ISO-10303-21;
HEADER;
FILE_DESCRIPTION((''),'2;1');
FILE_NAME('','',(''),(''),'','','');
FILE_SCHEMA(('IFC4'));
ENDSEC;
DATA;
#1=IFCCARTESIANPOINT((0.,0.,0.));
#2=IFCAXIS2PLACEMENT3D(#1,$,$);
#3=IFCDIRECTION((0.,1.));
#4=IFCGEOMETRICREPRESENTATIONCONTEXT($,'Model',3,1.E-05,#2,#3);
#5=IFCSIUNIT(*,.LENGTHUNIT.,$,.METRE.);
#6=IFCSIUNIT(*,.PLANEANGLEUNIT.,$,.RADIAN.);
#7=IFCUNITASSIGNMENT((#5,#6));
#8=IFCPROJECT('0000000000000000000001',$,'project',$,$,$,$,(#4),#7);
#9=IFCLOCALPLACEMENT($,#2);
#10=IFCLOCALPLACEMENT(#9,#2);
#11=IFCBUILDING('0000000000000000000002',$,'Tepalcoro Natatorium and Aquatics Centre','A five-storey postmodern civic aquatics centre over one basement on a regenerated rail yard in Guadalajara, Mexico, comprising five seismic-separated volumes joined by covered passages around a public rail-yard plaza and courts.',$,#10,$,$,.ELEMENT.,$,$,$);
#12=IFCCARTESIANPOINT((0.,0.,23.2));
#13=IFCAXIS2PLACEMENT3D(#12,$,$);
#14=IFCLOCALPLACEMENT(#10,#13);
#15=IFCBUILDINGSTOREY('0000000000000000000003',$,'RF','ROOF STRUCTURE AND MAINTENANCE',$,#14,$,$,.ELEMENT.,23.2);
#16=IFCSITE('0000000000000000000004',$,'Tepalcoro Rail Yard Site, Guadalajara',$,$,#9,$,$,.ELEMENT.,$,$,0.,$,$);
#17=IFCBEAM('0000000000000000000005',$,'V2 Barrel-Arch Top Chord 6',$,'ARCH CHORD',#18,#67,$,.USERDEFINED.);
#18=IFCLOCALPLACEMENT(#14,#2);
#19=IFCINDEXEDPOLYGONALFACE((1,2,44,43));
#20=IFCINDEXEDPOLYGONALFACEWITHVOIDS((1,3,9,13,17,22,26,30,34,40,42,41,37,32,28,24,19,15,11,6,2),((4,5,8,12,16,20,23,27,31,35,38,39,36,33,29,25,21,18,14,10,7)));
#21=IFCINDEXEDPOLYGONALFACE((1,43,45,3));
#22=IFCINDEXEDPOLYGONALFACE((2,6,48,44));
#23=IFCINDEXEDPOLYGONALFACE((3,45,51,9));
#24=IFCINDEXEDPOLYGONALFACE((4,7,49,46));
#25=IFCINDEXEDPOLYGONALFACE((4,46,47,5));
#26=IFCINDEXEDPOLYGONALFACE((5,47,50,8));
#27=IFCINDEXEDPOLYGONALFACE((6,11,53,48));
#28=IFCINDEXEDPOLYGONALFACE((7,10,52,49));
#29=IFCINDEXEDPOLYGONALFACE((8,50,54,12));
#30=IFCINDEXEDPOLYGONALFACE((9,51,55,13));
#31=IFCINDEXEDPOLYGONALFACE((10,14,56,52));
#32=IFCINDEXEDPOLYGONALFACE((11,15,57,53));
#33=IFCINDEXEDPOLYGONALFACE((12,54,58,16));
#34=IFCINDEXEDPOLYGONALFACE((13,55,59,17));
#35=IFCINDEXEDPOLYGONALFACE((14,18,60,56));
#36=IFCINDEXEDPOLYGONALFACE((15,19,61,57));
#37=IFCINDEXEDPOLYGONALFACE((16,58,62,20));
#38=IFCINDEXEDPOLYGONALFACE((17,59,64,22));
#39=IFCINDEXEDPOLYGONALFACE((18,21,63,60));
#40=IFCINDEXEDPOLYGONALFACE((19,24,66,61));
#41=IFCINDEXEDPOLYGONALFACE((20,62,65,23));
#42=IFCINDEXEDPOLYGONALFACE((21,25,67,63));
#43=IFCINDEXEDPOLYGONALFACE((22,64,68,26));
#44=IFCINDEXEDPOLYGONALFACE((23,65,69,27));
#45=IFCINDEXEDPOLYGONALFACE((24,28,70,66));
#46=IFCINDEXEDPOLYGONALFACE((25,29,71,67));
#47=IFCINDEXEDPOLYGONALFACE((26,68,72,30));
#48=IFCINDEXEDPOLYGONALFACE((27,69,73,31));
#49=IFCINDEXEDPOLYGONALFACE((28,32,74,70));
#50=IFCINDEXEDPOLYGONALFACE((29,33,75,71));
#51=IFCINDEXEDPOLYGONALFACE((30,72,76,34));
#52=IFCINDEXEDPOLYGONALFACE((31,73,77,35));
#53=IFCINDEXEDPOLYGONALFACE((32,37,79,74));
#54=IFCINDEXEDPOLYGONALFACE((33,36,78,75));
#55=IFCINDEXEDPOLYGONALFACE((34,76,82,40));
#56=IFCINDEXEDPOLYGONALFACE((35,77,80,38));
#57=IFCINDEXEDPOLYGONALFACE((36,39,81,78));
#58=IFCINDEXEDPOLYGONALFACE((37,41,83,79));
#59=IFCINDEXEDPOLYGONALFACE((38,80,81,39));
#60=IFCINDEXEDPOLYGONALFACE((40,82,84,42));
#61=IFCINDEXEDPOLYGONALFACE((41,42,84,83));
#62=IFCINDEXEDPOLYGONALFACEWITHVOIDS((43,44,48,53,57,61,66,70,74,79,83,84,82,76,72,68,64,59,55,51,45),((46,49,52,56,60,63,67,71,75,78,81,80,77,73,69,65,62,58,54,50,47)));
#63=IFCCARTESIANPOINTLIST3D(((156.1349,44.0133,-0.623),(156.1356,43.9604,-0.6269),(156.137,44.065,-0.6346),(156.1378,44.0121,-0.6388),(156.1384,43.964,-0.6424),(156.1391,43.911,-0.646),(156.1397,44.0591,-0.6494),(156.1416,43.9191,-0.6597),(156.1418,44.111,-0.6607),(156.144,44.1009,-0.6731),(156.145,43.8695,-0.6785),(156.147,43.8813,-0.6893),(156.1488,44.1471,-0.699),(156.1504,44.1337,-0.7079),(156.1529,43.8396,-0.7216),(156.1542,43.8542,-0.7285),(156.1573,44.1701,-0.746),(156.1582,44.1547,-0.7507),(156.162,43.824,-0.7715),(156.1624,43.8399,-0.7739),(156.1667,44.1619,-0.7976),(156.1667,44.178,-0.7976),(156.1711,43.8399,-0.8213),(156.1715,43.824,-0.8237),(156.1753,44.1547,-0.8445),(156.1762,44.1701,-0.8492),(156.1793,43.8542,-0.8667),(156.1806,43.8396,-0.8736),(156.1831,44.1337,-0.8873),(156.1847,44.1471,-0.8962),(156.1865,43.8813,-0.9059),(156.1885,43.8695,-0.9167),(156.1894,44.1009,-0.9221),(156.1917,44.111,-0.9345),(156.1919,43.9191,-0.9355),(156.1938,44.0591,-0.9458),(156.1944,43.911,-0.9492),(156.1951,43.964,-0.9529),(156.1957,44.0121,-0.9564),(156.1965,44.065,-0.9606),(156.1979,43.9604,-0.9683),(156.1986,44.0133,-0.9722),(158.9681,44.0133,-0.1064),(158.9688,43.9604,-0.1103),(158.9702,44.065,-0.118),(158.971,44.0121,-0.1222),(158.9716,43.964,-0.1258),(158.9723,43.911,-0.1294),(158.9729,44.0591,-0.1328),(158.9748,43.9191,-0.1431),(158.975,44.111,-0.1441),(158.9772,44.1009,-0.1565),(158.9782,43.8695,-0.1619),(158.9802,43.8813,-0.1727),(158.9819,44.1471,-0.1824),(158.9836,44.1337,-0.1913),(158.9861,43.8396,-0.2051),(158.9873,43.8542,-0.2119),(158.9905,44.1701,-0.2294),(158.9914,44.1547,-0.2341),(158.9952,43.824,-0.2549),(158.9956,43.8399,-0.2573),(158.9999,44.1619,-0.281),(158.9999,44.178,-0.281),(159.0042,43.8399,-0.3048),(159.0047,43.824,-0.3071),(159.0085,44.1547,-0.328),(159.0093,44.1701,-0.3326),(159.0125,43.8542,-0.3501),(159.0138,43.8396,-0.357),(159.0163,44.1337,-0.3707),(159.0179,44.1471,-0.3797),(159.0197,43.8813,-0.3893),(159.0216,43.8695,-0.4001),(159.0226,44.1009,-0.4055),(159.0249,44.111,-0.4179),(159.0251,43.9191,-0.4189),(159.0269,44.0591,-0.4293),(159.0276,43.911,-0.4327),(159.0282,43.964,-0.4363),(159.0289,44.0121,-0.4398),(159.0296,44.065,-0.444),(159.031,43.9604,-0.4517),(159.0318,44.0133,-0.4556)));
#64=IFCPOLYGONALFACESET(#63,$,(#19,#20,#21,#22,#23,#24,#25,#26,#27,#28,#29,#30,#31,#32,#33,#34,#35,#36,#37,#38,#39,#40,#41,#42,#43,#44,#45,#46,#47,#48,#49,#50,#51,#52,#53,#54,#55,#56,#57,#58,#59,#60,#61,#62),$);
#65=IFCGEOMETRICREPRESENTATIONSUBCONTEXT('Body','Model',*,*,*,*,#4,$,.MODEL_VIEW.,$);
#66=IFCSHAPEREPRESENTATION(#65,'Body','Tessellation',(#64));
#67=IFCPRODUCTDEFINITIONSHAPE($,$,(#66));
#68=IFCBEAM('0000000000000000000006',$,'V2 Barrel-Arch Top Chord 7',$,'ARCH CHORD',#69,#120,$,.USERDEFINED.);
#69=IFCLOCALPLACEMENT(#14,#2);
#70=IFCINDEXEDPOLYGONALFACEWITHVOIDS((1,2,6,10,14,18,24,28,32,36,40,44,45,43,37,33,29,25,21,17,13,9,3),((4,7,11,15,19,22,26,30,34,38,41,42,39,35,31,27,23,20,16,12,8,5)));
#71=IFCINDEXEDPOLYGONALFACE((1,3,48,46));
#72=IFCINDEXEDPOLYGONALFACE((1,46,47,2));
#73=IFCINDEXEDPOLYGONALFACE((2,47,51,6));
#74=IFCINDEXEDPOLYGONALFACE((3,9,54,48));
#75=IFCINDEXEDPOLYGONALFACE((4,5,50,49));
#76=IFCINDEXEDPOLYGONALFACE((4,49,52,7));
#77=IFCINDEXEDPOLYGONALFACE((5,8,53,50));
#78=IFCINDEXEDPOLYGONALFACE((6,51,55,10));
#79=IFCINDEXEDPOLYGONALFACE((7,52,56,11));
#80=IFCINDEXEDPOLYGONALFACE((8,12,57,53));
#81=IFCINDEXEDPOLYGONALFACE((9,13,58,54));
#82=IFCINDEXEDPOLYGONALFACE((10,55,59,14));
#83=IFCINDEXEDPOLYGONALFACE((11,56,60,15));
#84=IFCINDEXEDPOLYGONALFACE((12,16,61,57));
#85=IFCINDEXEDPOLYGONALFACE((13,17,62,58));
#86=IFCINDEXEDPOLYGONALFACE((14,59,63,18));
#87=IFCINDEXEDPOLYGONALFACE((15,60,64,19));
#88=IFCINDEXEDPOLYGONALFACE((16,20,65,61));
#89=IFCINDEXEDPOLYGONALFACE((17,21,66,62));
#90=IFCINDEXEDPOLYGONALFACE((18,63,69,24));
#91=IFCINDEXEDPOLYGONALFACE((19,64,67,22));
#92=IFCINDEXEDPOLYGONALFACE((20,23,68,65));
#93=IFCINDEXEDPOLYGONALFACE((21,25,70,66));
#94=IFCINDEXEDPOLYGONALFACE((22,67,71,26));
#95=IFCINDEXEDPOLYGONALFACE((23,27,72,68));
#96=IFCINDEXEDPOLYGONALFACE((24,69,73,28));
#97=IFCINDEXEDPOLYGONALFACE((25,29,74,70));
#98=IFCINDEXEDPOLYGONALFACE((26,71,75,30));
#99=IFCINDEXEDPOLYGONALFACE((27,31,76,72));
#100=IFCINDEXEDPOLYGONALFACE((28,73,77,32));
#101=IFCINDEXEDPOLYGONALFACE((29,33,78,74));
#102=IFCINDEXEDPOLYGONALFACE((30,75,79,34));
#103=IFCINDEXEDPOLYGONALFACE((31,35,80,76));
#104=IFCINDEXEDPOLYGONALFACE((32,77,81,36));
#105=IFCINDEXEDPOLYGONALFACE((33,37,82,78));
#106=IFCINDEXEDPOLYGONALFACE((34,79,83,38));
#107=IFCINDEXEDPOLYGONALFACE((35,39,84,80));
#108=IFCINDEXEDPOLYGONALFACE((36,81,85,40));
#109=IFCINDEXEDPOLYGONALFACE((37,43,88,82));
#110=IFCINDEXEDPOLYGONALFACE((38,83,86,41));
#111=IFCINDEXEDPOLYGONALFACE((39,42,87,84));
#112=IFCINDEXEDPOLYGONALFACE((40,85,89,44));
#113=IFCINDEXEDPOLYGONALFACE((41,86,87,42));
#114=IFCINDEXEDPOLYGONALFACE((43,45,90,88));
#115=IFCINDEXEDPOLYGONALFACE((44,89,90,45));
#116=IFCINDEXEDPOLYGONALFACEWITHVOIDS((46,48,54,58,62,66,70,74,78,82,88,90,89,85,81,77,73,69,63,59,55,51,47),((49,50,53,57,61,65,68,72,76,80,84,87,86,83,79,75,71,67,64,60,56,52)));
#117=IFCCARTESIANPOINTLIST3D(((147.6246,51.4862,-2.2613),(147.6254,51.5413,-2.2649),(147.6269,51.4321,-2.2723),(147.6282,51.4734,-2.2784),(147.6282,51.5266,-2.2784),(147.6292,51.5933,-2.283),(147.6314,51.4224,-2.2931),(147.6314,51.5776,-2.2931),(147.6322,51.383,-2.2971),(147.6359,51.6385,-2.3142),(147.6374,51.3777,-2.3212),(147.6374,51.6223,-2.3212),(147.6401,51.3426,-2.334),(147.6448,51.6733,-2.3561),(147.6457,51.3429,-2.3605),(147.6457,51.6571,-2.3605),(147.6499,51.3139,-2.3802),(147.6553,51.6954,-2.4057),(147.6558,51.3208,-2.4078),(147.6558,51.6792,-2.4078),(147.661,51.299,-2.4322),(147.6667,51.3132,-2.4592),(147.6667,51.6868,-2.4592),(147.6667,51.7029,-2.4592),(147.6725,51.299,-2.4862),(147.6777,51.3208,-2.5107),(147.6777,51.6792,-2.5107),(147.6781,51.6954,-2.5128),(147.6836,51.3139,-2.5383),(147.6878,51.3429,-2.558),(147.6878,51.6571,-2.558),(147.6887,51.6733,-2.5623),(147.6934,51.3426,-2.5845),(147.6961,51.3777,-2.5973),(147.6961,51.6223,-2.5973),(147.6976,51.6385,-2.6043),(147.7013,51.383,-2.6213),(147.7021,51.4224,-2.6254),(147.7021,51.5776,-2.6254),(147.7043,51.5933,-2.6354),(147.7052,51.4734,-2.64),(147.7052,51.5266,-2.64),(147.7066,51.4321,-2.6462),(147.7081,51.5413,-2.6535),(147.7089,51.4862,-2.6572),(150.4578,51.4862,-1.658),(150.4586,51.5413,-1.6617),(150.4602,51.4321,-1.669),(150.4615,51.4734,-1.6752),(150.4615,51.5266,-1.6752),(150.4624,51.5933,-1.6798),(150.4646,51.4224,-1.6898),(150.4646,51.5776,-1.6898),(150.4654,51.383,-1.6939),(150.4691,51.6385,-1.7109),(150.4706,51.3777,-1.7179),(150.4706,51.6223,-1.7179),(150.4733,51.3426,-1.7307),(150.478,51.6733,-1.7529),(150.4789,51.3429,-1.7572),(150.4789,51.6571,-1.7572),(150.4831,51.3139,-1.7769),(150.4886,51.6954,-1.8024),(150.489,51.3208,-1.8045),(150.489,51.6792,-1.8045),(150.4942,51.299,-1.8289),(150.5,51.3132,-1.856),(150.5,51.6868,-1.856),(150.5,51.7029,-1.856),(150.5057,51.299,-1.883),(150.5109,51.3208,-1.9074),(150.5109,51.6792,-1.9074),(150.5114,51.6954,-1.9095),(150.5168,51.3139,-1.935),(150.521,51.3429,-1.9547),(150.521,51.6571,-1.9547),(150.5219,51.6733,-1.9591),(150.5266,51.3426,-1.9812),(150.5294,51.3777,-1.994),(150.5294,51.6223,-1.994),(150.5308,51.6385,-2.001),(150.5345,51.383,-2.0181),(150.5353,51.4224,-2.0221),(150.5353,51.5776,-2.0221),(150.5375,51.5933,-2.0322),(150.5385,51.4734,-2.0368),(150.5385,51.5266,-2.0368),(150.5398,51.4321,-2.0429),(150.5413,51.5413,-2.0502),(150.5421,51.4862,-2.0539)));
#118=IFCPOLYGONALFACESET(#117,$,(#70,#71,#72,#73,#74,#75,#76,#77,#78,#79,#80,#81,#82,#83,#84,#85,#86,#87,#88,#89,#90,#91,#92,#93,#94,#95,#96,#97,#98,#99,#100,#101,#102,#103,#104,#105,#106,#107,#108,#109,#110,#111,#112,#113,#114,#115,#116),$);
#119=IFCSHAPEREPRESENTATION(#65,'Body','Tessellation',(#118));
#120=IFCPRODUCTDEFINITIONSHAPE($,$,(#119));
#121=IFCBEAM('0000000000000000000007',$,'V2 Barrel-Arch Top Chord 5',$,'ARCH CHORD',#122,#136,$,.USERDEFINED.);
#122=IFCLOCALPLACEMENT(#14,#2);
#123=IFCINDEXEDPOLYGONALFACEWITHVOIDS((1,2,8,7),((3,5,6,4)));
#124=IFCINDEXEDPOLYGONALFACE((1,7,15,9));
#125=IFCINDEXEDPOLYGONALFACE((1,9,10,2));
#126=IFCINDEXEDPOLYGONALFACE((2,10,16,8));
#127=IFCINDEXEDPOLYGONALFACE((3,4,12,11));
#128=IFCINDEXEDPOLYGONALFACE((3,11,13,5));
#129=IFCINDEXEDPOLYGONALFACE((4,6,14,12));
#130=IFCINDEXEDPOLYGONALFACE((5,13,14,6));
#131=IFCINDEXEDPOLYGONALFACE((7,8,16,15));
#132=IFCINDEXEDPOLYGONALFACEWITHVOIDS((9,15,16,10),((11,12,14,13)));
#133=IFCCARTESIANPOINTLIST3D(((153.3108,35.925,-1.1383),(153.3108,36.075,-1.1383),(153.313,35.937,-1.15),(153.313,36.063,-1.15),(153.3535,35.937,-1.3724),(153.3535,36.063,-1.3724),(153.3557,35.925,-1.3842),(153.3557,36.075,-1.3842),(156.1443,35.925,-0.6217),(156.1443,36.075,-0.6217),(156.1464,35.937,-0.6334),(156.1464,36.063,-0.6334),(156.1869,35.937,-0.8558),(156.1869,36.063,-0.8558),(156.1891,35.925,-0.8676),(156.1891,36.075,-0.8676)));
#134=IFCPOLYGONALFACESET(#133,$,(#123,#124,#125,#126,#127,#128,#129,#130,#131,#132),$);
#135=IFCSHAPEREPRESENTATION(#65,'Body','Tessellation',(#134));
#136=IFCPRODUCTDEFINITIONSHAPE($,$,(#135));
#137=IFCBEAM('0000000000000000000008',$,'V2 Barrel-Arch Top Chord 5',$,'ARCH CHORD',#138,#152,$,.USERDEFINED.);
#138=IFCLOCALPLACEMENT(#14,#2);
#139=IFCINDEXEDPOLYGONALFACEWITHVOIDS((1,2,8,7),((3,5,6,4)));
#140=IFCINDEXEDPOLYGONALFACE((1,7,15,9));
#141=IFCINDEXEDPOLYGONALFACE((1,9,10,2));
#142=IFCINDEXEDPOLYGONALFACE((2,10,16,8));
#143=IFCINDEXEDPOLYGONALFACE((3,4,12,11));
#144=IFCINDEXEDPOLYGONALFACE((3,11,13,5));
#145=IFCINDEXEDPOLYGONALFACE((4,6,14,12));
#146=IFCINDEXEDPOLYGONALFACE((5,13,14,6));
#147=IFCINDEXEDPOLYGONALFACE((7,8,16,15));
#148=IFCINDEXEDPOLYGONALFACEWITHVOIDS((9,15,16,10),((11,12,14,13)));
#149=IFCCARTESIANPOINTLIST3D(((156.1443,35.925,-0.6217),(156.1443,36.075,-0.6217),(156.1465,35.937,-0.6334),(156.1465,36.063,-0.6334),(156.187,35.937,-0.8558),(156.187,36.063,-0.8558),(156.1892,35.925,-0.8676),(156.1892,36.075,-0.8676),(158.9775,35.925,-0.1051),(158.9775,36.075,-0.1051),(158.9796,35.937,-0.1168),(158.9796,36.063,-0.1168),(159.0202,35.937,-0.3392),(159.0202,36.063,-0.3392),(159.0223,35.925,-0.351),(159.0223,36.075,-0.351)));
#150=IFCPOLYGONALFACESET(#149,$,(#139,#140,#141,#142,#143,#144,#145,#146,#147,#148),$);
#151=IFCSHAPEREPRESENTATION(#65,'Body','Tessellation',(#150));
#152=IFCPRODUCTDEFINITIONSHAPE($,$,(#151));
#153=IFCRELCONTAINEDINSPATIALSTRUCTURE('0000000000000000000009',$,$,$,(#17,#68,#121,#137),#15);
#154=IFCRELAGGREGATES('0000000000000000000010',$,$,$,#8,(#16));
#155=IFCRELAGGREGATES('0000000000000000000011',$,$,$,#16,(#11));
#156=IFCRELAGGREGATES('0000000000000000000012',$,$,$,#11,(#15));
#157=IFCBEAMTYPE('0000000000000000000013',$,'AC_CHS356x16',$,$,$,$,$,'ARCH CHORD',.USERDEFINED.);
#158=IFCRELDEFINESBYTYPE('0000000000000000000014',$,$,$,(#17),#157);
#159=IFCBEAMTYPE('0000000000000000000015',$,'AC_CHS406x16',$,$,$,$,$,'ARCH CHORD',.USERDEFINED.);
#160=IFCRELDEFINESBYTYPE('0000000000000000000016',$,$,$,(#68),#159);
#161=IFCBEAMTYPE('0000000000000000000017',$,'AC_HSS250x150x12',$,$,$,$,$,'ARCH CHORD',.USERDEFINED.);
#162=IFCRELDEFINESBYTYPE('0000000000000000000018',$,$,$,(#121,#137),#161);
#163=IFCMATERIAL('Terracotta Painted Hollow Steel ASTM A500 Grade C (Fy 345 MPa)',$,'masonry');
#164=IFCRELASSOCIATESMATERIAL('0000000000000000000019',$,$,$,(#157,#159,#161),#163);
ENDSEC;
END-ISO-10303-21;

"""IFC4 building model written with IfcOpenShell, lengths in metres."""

from ifc_helpers import new_model, si_unit, direction, frame, origin, origin_2d, place, context, subcontext, project, spatial, hollow_rectangle, hollow_circle, extrude, material, material_profile, profile_set, type_object, element, save


model = new_model("IFC4")

# Units and contexts
model_context = context("Model", 3, precision=1e-05, world=origin(), true_north=direction((0.0, 1.0)))
body_context = subcontext(model_context, "Body", "Model", "MODEL_VIEW")
ifc_project = project(units=[si_unit("LENGTHUNIT", "METRE"), si_unit("PLANEANGLEUNIT", "RADIAN")], contexts=[model_context])

# Site, building, storey
site_placement = place(None, origin())
site = spatial("IfcSite", under=ifc_project, at=site_placement, Name="Tepalcoro Rail Yard Site, Guadalajara", CompositionType="ELEMENT", RefElevation=0.0)
building_placement = place(site_placement, origin())
building = spatial("IfcBuilding", under=site, at=building_placement, Name="Tepalcoro Natatorium and Aquatics Centre", Description="A five-storey postmodern civic aquatics centre over one basement on a regenerated rail yard in Guadalajara, Mexico, comprising five seismic-separated volumes joined by covered passages around a public rail-yard plaza and courts.", CompositionType="ELEMENT")
storey_placement = place(building_placement, frame((0.0, 0.0, 23.2)))
storey = spatial("IfcBuildingStorey", under=building, at=storey_placement, Name="RF", Description="ROOF STRUCTURE AND MAINTENANCE", CompositionType="ELEMENT", Elevation=23.2)

# Beams
ifc_material_1 = material(Name="Terracotta Painted Hollow Steel ASTM A500 Grade C (Fy 345 MPa)", Category="masonry")
ifc_material_profile_1 = material_profile(ifc_material_1, hollow_circle(Radius=0.178, WallThickness=0.0161, at=origin_2d()), Name="CHS356X16")
ifc_profile_set_1 = profile_set([ifc_material_profile_1], Name="Terracotta Painted Hollow Steel ASTM A500 Grade C (Fy 345 MPa)")
beam_type_1 = type_object("IfcBeamType", Name="AC_CHS356x16", ElementType="ARCH CHORD", PredefinedType="USERDEFINED", material=ifc_profile_set_1)
beam_1_placement = place(storey_placement, frame((156.1667, 44.0, -0.7976), z_axis=(0.98378, 0.0, 0.179378), x_axis=(0.0, 1.0, 0.0)))
element("IfcBeam", 1, at=beam_1_placement, inside=storey, type_object=beam_type_1, Name="V2 Barrel-Arch Top Chord 6", ObjectType="ARCH CHORD", PredefinedType="USERDEFINED", context=body_context, shape_type="SweptSolid", body=[
    extrude(hollow_circle(Radius=0.178, WallThickness=0.0161, at=origin_2d()), origin(), (0.0, 0.0, 1.0), 2.8799),
])
ifc_material_profile_2 = material_profile(ifc_material_1, hollow_circle(Radius=0.2029, WallThickness=0.0161, at=origin_2d()), Name="CHS406X16")
ifc_profile_set_2 = profile_set([ifc_material_profile_2], Name="Terracotta Painted Hollow Steel ASTM A500 Grade C (Fy 345 MPa)")
beam_type_2 = type_object("IfcBeamType", Name="AC_CHS406x16", ElementType="ARCH CHORD", PredefinedType="USERDEFINED", material=ifc_profile_set_2)
beam_2_placement = place(storey_placement, frame((147.6667, 51.5, -2.4592), z_axis=(0.978074, 0.0, 0.208257), x_axis=(0.0, 1.0, 0.0)))
element("IfcBeam", 2, at=beam_2_placement, inside=storey, type_object=beam_type_2, Name="V2 Barrel-Arch Top Chord 7", ObjectType="ARCH CHORD", PredefinedType="USERDEFINED", context=body_context, shape_type="SweptSolid", body=[
    extrude(hollow_circle(Radius=0.2029, WallThickness=0.0161, at=origin_2d()), origin(), (0.0, 0.0, 1.0), 2.8967),
])
ifc_material_profile_3 = material_profile(ifc_material_1, hollow_rectangle(XDim=0.1499, YDim=0.25, WallThickness=0.012, at=origin_2d()), Name="HSS250X150X12")
ifc_profile_set_3 = profile_set([ifc_material_profile_3], Name="Terracotta Painted Hollow Steel ASTM A500 Grade C (Fy 345 MPa)")
beam_type_3 = type_object("IfcBeamType", Name="AC_HSS250x150x12", ElementType="ARCH CHORD", PredefinedType="USERDEFINED", material=ifc_profile_set_3)
beam_3_placement = place(storey_placement, frame((153.3333, 36.0, -1.2612), z_axis=(0.983783, 0.0, 0.179363), x_axis=(0.0, 1.0, 0.0)))
element("IfcBeam", 3, at=beam_3_placement, inside=storey, type_object=beam_type_3, Name="V2 Barrel-Arch Top Chord 5", ObjectType="ARCH CHORD", PredefinedType="USERDEFINED", context=body_context, shape_type="SweptSolid", body=[
    extrude(hollow_rectangle(XDim=0.1499, YDim=0.25, WallThickness=0.012, at=origin_2d()), origin(), (0.0, 0.0, 1.0), 2.8801),
])
beam_4_placement = place(storey_placement, frame((156.1667, 36.0, -0.7446), z_axis=(0.98378, 0.0, 0.179378), x_axis=(0.0, 1.0, 0.0)))
element("IfcBeam", 4, at=beam_4_placement, inside=storey, type_object=beam_type_3, Name="V2 Barrel-Arch Top Chord 5", ObjectType="ARCH CHORD", PredefinedType="USERDEFINED", context=body_context, shape_type="SweptSolid", body=[
    extrude(hollow_rectangle(XDim=0.1499, YDim=0.25, WallThickness=0.012, at=origin_2d()), origin(), (0.0, 0.0, 1.0), 2.8799),
])

save(model, "model.ifc")
